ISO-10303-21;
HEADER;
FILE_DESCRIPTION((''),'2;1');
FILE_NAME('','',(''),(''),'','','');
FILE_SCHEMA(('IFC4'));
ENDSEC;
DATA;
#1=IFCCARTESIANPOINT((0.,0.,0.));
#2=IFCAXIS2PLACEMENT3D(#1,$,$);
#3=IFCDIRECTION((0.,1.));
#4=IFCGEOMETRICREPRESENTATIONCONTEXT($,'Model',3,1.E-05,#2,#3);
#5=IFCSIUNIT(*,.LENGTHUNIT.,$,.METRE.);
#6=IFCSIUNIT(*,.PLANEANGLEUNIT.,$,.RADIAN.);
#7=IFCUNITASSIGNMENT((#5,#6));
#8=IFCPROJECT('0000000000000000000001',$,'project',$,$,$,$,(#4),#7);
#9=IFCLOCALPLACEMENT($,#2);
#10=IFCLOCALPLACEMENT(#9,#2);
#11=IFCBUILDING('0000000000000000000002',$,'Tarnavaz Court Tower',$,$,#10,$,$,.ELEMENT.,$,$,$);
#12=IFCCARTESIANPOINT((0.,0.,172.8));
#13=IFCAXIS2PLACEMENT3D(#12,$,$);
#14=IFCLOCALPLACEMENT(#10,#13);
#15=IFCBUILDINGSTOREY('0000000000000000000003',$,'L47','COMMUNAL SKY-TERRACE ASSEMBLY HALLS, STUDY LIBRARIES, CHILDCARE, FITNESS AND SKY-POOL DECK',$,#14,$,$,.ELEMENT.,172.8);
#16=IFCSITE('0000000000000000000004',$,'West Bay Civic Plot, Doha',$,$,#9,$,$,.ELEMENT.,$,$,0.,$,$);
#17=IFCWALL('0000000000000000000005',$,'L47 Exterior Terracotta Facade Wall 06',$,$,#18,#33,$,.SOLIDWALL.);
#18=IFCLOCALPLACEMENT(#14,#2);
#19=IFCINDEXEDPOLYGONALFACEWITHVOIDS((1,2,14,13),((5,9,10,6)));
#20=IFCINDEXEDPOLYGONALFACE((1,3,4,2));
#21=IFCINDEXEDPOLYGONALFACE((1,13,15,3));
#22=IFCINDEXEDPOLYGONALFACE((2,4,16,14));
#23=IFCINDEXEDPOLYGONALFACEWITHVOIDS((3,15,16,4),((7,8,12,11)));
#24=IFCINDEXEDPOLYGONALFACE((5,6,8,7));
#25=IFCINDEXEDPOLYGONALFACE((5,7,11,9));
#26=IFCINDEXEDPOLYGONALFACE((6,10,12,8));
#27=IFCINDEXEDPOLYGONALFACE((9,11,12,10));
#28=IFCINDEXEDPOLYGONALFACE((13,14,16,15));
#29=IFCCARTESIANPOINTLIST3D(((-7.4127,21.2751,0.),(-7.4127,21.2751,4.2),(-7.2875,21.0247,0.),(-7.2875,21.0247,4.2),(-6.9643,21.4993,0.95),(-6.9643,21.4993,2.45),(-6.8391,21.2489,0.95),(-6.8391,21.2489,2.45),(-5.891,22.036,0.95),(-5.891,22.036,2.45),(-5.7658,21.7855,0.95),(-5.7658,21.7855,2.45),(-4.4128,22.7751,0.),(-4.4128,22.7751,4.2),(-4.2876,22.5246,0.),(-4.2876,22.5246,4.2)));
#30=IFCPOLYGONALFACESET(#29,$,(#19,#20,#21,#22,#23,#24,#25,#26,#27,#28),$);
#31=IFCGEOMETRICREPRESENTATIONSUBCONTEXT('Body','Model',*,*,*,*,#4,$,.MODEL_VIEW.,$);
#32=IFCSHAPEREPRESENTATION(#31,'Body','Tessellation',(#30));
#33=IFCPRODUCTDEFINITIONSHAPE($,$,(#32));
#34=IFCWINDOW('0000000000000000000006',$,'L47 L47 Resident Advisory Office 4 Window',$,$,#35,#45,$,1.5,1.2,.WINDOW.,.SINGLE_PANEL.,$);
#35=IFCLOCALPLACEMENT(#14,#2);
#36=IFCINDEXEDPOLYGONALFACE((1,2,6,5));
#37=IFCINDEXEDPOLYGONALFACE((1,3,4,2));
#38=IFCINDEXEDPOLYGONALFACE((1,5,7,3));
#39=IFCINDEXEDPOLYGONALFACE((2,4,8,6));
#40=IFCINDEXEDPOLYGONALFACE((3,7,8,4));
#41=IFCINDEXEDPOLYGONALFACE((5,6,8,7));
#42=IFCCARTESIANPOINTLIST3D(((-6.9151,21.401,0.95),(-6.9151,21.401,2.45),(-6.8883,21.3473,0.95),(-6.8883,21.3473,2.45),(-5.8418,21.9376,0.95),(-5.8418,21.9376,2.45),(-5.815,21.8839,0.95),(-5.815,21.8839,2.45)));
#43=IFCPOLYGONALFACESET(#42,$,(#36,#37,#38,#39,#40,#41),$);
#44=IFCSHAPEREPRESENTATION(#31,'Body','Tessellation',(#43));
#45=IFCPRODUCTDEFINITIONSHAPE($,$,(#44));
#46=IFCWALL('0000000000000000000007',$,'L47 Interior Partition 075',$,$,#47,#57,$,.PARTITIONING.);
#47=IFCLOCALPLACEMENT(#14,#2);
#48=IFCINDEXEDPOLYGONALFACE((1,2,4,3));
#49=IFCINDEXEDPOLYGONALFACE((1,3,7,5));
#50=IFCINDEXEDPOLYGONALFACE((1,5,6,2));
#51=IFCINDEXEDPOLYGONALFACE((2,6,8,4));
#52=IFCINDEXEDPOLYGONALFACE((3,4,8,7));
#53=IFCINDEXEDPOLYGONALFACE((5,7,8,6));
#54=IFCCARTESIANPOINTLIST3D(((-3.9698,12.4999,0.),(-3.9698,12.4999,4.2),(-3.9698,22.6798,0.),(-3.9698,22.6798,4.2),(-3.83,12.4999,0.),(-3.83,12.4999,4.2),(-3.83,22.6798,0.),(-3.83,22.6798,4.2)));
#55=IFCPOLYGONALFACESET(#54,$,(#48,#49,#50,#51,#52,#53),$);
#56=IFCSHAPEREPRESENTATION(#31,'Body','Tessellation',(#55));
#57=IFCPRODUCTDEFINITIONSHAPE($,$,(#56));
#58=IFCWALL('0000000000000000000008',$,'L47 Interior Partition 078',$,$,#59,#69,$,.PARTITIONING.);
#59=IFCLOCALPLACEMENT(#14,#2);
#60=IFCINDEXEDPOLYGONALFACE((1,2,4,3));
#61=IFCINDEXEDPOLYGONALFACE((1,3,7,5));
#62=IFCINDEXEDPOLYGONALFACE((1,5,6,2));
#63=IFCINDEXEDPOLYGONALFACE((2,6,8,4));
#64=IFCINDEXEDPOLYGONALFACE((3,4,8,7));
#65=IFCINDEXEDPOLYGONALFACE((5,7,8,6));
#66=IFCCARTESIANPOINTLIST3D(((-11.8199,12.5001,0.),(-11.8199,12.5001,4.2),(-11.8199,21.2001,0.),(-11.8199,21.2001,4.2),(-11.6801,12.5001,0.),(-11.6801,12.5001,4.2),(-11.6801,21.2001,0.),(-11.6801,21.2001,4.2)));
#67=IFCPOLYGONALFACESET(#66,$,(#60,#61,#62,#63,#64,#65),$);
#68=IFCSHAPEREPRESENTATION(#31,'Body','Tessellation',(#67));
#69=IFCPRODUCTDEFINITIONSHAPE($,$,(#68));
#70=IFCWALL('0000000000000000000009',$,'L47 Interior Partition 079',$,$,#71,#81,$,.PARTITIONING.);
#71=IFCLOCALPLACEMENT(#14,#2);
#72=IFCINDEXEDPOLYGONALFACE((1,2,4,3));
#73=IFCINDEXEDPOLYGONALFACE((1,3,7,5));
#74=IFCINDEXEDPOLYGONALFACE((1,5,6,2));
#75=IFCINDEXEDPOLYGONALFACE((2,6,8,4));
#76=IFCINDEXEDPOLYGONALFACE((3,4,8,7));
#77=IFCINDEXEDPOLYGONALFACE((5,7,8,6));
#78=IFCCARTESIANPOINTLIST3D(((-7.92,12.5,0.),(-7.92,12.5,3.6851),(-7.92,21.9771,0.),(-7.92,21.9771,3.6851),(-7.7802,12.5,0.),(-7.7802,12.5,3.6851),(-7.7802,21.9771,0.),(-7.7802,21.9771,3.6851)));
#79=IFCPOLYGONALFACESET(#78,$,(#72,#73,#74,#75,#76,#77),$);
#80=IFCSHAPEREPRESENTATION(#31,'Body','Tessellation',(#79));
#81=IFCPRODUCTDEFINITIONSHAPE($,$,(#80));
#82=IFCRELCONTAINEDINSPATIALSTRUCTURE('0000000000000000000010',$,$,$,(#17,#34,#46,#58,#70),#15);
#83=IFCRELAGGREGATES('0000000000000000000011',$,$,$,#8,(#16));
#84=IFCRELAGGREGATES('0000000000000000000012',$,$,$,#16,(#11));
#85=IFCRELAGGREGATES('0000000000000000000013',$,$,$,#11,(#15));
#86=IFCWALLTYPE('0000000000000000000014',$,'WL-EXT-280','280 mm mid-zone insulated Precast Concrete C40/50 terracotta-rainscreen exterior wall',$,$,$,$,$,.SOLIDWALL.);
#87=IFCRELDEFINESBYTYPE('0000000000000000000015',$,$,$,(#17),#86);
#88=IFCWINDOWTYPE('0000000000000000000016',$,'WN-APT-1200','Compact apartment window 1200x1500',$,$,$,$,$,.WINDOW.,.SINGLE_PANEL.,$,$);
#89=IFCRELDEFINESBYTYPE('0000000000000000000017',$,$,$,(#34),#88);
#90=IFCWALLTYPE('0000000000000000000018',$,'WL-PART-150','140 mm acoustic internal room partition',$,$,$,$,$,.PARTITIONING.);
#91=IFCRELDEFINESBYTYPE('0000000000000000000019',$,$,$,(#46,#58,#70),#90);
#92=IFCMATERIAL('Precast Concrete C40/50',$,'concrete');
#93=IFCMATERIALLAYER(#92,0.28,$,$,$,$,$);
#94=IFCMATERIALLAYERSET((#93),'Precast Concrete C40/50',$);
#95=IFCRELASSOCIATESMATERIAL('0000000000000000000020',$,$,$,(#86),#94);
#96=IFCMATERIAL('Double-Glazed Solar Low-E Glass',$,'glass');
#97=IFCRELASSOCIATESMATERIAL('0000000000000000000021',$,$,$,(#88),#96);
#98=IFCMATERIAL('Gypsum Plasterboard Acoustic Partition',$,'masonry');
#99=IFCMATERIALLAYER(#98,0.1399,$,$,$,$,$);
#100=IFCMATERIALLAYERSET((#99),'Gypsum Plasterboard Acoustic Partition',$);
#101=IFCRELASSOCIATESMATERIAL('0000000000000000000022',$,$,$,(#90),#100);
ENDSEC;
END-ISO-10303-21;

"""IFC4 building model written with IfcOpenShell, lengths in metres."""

from ifc_helpers import new_model, si_unit, direction, frame, frame_2d, origin, place, context, subcontext, project, spatial, rectangle, extrude, material, layer, layer_set, type_object, element, fill, save


model = new_model("IFC4")

# Units and contexts
model_context = context("Model", 3, precision=1e-05, world=origin(), true_north=direction((0.0, 1.0)))
body_context = subcontext(model_context, "Body", "Model", "MODEL_VIEW")
ifc_project = project(units=[si_unit("LENGTHUNIT", "METRE"), si_unit("PLANEANGLEUNIT", "RADIAN")], contexts=[model_context])

# Site, building, storey
site_placement = place(None, origin())
site = spatial("IfcSite", under=ifc_project, at=site_placement, Name="West Bay Civic Plot, Doha", CompositionType="ELEMENT", RefElevation=0.0)
building_placement = place(site_placement, origin())
building = spatial("IfcBuilding", under=site, at=building_placement, Name="Tarnavaz Court Tower", CompositionType="ELEMENT")
storey_placement = place(building_placement, frame((0.0, 0.0, 172.8)))
storey = spatial("IfcBuildingStorey", under=building, at=storey_placement, Name="L47", Description="COMMUNAL SKY-TERRACE ASSEMBLY HALLS, STUDY LIBRARIES, CHILDCARE, FITNESS AND SKY-POOL DECK", CompositionType="ELEMENT", Elevation=172.8)

# Shared definitions
ifc_material_1 = material(Name="Double-Glazed Solar Low-E Glass", Category="glass")

# Wall, opening, window
ifc_material_2 = material(Name="Precast Concrete C40/50", Category="concrete")
ifc_layer_1 = layer(ifc_material_2, 0.28)
ifc_layer_set_1 = layer_set([ifc_layer_1], Name="Precast Concrete C40/50")
wall_type_1 = type_object("IfcWallType", Name="WL-EXT-280", Description="280 mm mid-zone insulated Precast Concrete C40/50 terracotta-rainscreen exterior wall", PredefinedType="SOLIDWALL", material=ifc_layer_set_1)
wall_1_placement = place(storey_placement, frame((-7.3501, 21.1499, 0.0), z_axis=(0.0, 0.0, 1.0), x_axis=(0.894427, 0.447214, 0.0)))
wall_1 = element("IfcWall", 1, at=wall_1_placement, inside=storey, type_object=wall_type_1, Name="L47 Exterior Terracotta Facade Wall 06", PredefinedType="SOLIDWALL", context=body_context, shape_type="SweptSolid", body=[
    extrude(rectangle(XDim=3.354, YDim=0.28, at=frame_2d((1.677, 0.0))), origin(), (0.0, 0.0, 1.0), 4.2),
])
opening_placement = place(wall_1_placement, frame((0.5012, 0.0, 0.95)))
opening = element("IfcOpeningElement", 2, at=opening_placement, cuts=wall_1, PredefinedType="OPENING", context=body_context, shape_type="SweptSolid", body=[
    extrude(rectangle(XDim=1.2, YDim=1.5, at=frame_2d((0.6001, 0.75))), frame((0.0, 0.1499, 0.0), z_axis=(0.0, -1.0, 0.0), x_axis=(1.0, 0.0, 0.0)), (0.0, 0.0, 1.0), 0.3),
])
window_type = type_object("IfcWindowType", Name="WN-APT-1200", Description="Compact apartment window 1200x1500", PartitioningType="SINGLE_PANEL", PredefinedType="WINDOW", material=ifc_material_1)
window_placement = place(opening_placement, origin())
window = element("IfcWindow", 3, at=window_placement, inside=storey, type_object=window_type, Name="L47 L47 Resident Advisory Office 4 Window", OverallHeight=1.5, OverallWidth=1.2, PartitioningType="SINGLE_PANEL", PredefinedType="WINDOW", context=body_context, shape_type="SweptSolid", body=[
    extrude(rectangle(XDim=1.2, YDim=1.5, at=frame_2d((0.6001, 0.75))), frame((0.0, 0.03, 0.0), z_axis=(0.0, -1.0, 0.0), x_axis=(1.0, 0.0, 0.0)), (0.0, 0.0, 1.0), 0.0601),
])
fill(opening, window)

# Walls
ifc_material_3 = material(Name="Gypsum Plasterboard Acoustic Partition", Category="masonry")
ifc_layer_2 = layer(ifc_material_3, 0.1399)
ifc_layer_set_2 = layer_set([ifc_layer_2], Name="Gypsum Plasterboard Acoustic Partition")
wall_type_2 = type_object("IfcWallType", Name="WL-PART-150", Description="140 mm acoustic internal room partition", PredefinedType="PARTITIONING", material=ifc_layer_set_2)
wall_2_placement = place(storey_placement, frame((-3.8999, 12.5, 0.0), z_axis=(0.0, 0.0, 1.0), x_axis=(0.0, 1.0, 0.0)))
element("IfcWall", 4, at=wall_2_placement, inside=storey, type_object=wall_type_2, Name="L47 Interior Partition 075", PredefinedType="PARTITIONING", context=body_context, shape_type="SweptSolid", body=[
    extrude(rectangle(XDim=10.1799, YDim=0.1399, at=frame_2d((5.0898, 0.0))), origin(), (0.0, 0.0, 1.0), 4.2),
])
wall_3_placement = place(storey_placement, frame((-11.75, 12.5, 0.0), z_axis=(0.0, 0.0, 1.0), x_axis=(0.0, 1.0, 0.0)))
element("IfcWall", 5, at=wall_3_placement, inside=storey, type_object=wall_type_2, Name="L47 Interior Partition 078", PredefinedType="PARTITIONING", context=body_context, shape_type="SweptSolid", body=[
    extrude(rectangle(XDim=8.7, YDim=0.1399, at=frame_2d((4.3501, 0.0))), origin(), (0.0, 0.0, 1.0), 4.2),
])
wall_4_placement = place(storey_placement, frame((-7.8501, 12.5, 0.0), z_axis=(0.0, 0.0, 1.0), x_axis=(0.0, 1.0, 0.0)))
element("IfcWall", 6, at=wall_4_placement, inside=storey, type_object=wall_type_2, Name="L47 Interior Partition 079", PredefinedType="PARTITIONING", context=body_context, shape_type="SweptSolid", body=[
    extrude(rectangle(XDim=9.4771, YDim=0.1399, at=frame_2d((4.7385, 0.0))), origin(), (0.0, 0.0, 1.0), 3.6851),
])

save(model, "model.ifc")
